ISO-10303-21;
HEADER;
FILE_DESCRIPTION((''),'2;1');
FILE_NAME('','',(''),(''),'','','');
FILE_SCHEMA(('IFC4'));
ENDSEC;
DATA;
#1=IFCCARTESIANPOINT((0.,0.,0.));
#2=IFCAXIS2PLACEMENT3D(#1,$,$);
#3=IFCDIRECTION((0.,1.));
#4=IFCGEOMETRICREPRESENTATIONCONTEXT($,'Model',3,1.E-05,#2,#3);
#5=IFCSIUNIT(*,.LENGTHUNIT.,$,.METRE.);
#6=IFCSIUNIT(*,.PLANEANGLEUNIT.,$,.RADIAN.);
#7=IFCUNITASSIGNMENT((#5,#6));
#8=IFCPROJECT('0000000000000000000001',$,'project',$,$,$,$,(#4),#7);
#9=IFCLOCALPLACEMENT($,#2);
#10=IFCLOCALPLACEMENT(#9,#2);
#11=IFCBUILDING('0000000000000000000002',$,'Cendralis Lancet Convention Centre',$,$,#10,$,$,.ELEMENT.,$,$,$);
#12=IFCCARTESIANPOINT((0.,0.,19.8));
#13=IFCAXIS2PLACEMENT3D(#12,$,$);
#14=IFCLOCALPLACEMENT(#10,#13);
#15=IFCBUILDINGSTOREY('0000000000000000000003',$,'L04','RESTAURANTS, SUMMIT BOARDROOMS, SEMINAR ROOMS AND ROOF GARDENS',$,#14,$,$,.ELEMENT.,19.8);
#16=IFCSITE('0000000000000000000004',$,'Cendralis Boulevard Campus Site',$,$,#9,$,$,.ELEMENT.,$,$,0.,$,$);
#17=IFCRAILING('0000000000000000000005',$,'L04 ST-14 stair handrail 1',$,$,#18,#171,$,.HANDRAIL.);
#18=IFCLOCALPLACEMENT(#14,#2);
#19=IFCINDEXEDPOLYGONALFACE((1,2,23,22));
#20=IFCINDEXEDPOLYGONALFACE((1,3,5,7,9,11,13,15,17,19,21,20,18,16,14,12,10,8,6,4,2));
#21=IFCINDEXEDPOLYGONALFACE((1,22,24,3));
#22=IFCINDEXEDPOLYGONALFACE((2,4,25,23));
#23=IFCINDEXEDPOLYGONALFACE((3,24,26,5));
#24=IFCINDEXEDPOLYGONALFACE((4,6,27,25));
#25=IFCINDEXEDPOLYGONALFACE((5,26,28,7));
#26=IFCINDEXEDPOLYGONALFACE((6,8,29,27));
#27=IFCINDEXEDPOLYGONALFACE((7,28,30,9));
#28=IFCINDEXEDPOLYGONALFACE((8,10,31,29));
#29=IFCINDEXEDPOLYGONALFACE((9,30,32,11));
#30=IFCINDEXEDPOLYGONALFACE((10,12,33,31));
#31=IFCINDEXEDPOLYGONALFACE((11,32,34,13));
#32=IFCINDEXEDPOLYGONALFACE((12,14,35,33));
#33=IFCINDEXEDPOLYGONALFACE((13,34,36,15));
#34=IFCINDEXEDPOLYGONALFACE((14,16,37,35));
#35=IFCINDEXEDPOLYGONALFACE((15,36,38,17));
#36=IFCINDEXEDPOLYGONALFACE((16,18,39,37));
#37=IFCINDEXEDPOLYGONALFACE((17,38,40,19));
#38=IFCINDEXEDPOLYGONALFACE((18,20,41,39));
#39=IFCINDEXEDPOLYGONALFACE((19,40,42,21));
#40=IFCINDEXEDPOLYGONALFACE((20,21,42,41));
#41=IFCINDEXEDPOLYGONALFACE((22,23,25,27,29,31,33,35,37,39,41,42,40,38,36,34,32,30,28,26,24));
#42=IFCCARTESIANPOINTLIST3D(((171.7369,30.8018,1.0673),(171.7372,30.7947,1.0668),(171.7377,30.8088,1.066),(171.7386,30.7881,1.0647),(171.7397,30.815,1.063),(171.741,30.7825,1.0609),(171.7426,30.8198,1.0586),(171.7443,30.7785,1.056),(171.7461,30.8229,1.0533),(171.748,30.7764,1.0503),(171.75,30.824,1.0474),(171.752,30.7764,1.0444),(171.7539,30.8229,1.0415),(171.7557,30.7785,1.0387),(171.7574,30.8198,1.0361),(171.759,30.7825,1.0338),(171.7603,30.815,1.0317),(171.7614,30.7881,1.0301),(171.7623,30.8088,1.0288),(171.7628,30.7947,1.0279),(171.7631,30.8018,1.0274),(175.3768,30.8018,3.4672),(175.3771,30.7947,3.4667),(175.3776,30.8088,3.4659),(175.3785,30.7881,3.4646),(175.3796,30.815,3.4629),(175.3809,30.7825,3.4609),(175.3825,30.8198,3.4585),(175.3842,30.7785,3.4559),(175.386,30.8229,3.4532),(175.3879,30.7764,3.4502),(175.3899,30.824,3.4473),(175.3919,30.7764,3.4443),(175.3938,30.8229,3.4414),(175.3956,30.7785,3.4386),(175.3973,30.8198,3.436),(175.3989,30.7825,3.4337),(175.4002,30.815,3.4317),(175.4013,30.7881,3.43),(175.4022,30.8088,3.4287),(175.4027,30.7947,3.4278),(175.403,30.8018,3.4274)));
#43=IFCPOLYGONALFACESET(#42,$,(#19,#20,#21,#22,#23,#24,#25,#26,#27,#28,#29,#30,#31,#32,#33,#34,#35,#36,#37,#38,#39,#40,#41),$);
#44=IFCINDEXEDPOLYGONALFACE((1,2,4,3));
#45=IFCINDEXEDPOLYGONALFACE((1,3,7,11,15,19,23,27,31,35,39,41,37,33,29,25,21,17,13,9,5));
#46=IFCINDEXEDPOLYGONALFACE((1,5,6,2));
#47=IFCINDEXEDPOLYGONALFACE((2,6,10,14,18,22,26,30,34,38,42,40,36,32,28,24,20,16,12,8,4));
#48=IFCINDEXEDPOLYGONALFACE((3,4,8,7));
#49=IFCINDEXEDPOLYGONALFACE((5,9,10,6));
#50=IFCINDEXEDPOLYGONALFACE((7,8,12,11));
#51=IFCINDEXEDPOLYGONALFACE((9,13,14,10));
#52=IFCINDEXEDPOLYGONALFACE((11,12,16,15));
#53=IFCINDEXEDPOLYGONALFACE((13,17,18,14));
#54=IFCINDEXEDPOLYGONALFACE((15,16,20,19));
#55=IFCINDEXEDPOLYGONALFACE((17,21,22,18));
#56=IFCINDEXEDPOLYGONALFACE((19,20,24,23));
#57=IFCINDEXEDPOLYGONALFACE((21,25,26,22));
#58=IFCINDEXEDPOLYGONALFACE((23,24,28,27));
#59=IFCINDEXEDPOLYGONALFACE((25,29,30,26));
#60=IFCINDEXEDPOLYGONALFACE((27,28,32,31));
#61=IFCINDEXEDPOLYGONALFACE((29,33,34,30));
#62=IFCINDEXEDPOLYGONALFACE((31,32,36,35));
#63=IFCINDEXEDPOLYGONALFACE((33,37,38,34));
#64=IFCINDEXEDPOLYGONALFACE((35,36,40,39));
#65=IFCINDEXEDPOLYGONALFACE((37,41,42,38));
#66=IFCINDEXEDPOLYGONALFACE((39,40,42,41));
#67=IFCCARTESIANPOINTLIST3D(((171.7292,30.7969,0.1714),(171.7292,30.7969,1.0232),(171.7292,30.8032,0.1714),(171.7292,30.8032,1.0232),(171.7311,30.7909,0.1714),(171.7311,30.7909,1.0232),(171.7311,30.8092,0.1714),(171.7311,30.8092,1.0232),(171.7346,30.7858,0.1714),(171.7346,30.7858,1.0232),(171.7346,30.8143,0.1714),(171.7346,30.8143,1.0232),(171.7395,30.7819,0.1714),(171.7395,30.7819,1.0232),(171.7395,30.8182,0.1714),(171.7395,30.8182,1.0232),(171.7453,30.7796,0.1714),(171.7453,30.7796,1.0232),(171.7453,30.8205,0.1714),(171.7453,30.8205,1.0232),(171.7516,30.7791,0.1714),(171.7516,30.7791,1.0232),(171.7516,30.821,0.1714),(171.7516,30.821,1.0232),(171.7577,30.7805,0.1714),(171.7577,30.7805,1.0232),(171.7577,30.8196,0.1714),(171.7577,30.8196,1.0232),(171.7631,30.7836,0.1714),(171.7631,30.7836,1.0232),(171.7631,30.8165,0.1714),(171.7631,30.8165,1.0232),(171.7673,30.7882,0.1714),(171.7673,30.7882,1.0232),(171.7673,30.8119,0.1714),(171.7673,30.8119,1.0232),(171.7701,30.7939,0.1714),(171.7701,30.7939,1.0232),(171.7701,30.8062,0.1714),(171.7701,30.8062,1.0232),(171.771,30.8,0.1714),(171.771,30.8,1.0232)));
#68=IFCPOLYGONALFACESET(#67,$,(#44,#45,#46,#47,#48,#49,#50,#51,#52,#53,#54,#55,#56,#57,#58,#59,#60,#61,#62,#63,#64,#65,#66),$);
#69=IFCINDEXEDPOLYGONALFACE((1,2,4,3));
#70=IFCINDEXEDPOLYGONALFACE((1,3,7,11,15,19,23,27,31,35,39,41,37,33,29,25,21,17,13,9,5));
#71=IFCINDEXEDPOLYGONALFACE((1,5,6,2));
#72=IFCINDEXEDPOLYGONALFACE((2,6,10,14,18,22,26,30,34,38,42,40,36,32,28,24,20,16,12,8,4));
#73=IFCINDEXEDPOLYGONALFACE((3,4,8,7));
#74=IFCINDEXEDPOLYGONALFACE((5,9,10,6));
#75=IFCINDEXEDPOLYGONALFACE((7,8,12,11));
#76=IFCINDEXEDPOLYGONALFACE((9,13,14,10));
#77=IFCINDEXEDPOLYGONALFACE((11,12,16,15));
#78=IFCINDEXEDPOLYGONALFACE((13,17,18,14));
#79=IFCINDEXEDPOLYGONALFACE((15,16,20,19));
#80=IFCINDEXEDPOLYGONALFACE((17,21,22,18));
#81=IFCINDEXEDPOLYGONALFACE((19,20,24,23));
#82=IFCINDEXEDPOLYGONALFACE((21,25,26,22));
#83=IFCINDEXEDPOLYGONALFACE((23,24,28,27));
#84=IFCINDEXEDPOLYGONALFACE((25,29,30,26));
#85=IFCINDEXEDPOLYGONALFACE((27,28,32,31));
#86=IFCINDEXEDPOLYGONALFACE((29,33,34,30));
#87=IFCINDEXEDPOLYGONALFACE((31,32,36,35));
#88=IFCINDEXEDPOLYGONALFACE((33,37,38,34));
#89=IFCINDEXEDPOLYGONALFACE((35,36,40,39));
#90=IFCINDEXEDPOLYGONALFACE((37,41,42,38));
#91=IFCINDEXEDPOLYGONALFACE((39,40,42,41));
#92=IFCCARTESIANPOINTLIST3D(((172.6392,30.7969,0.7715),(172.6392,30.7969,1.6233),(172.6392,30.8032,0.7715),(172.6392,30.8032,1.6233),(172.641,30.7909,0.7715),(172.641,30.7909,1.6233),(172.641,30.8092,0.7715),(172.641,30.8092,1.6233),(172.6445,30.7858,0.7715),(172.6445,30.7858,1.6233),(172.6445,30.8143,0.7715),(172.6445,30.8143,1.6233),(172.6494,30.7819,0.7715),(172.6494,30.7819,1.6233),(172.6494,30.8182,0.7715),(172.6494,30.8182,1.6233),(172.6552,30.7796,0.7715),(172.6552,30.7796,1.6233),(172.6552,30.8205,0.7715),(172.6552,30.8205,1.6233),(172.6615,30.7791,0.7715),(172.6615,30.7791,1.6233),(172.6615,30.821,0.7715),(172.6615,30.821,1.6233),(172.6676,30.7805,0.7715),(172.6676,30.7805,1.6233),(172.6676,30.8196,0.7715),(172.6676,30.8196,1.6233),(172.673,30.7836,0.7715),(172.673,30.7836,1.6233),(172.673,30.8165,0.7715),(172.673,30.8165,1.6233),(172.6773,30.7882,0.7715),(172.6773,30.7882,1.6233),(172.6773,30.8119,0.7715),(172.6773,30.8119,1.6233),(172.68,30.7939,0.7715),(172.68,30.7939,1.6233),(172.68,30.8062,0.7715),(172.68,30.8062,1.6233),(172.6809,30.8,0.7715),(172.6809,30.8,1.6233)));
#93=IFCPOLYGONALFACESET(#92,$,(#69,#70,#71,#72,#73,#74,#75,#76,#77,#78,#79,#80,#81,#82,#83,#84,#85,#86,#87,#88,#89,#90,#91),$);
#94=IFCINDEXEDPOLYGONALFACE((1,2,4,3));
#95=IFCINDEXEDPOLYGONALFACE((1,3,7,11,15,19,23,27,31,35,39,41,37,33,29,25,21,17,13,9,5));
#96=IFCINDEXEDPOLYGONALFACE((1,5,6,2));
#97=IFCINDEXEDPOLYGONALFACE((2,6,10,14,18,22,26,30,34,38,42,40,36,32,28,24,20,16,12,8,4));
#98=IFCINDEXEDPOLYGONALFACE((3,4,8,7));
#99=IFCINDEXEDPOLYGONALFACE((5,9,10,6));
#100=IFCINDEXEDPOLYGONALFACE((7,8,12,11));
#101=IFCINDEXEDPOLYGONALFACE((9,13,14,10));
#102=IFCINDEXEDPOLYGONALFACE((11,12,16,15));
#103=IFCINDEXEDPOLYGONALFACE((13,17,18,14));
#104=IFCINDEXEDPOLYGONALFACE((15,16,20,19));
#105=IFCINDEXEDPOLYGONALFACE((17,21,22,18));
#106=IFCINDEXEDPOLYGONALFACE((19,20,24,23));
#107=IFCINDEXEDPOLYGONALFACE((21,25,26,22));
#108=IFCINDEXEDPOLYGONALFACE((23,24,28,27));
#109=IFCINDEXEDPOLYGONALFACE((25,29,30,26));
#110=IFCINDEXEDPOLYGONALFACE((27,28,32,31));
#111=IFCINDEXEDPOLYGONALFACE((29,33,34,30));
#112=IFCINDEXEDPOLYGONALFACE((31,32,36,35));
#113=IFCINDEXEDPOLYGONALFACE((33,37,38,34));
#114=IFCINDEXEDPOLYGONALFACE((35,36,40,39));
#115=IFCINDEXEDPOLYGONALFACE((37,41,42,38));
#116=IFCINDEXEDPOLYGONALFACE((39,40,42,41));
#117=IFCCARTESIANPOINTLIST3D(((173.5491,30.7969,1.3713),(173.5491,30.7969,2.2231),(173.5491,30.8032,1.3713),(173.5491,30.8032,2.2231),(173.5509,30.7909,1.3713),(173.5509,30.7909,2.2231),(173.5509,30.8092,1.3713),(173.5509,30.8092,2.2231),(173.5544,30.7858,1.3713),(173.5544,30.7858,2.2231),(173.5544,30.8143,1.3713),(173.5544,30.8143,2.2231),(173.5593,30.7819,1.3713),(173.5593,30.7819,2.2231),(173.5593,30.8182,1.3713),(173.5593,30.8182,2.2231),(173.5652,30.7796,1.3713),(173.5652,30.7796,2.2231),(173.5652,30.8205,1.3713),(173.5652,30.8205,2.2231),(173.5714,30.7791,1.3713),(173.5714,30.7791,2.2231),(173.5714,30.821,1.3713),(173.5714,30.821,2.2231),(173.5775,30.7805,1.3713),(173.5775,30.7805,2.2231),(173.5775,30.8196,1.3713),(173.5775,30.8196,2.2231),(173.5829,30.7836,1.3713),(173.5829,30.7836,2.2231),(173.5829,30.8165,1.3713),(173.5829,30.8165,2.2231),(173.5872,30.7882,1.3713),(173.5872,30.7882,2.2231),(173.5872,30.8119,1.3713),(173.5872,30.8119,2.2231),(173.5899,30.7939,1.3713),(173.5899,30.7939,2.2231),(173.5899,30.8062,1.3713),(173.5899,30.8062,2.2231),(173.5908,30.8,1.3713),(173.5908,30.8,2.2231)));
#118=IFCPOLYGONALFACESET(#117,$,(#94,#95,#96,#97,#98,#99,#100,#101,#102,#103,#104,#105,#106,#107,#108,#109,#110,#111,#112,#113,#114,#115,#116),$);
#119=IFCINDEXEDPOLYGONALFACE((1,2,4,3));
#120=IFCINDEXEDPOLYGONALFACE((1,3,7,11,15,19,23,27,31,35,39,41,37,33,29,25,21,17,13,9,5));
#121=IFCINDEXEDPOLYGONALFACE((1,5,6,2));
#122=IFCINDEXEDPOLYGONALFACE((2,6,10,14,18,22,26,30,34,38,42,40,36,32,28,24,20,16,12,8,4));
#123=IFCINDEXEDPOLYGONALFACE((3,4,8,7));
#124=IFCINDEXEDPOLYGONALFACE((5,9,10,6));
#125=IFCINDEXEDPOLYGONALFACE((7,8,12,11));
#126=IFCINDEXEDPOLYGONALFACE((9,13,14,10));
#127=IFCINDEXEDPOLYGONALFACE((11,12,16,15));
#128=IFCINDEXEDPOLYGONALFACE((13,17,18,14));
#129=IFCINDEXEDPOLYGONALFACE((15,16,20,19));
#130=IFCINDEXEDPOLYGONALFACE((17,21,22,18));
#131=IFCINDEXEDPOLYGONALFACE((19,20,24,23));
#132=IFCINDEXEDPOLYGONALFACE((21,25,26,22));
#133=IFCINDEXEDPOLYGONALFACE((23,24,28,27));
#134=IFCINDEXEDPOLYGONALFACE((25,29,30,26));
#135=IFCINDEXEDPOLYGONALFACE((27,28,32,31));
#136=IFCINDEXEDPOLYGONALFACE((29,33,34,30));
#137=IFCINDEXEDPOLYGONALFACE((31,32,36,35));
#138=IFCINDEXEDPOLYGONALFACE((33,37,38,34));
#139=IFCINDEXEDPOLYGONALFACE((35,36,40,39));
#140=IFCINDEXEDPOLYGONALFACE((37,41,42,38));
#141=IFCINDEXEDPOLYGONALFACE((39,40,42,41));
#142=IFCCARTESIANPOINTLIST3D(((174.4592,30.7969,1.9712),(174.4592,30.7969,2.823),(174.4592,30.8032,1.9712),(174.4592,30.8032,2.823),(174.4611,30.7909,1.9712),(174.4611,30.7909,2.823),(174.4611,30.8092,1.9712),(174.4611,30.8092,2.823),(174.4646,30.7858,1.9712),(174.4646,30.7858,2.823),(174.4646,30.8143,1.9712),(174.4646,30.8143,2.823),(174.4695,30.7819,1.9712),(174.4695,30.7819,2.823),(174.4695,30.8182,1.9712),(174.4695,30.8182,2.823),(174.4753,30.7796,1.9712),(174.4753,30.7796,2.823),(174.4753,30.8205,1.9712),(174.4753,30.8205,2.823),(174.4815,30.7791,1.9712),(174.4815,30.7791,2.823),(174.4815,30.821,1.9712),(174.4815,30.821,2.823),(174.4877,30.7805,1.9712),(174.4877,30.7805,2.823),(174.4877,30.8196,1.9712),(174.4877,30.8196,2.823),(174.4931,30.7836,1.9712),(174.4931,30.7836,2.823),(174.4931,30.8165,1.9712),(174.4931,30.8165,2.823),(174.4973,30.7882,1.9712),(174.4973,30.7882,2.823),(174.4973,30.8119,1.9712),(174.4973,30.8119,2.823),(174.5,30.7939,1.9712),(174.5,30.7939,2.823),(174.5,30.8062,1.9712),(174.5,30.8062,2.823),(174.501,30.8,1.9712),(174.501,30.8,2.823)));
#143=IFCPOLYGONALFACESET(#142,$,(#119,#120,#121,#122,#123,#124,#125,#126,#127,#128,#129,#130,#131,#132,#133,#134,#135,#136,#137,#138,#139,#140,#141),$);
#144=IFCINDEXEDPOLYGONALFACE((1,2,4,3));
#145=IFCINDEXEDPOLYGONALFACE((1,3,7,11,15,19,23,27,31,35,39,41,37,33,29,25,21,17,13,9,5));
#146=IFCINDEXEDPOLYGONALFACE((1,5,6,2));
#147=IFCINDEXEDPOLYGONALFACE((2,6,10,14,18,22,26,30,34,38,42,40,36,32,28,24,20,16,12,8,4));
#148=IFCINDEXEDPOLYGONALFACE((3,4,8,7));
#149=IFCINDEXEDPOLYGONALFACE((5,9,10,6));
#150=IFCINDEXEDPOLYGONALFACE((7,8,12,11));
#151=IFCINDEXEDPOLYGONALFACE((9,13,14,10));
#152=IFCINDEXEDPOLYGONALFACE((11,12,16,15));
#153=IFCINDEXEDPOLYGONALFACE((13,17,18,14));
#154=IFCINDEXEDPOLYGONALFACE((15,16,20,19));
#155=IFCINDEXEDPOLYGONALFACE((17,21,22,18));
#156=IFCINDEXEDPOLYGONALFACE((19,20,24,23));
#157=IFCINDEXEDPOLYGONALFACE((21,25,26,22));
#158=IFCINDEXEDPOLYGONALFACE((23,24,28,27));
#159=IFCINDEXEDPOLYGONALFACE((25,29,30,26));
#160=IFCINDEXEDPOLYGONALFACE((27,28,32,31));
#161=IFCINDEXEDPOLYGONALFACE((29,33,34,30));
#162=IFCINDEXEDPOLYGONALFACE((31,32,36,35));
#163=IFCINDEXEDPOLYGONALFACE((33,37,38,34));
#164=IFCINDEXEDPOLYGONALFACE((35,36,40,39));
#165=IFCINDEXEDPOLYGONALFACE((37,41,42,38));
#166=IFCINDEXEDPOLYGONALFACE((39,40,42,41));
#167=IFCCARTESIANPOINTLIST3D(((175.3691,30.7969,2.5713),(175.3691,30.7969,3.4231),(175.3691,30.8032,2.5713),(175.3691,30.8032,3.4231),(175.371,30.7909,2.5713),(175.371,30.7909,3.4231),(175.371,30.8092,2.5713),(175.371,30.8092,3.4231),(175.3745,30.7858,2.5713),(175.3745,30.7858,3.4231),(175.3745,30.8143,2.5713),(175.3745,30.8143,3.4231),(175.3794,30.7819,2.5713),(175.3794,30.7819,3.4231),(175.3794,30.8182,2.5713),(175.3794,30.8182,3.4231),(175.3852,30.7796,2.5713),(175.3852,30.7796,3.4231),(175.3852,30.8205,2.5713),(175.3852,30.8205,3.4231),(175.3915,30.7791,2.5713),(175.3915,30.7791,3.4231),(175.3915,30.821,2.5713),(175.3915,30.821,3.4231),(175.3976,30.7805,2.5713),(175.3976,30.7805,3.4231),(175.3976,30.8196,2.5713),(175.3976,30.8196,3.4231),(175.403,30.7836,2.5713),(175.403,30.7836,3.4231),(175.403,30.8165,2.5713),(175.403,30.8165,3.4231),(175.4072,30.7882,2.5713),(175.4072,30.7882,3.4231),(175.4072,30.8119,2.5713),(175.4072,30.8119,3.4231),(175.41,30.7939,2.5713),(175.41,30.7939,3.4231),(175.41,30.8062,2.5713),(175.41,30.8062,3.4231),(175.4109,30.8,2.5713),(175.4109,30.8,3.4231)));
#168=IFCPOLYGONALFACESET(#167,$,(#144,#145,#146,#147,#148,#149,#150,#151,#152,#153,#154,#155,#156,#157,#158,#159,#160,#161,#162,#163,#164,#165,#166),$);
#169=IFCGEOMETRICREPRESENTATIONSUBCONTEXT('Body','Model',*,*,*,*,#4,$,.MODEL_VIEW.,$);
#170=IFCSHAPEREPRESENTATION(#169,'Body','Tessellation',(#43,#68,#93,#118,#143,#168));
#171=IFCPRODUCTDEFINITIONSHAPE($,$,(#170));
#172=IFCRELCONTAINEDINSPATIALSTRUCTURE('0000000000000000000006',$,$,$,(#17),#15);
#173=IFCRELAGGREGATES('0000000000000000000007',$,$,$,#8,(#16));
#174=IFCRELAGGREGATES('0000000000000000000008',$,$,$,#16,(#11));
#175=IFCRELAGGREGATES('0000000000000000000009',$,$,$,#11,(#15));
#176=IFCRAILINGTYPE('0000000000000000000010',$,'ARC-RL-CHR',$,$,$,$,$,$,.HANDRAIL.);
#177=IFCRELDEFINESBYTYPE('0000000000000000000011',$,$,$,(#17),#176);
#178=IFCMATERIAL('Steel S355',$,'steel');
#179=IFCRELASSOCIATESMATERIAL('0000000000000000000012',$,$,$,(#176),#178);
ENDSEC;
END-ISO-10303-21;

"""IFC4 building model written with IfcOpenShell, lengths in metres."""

from ifc_helpers import new_model, si_unit, direction, frame, origin, origin_2d, place, context, subcontext, project, spatial, circle, extrude, material, type_object, element, save


model = new_model("IFC4")

# Units and contexts
model_context = context("Model", 3, precision=1e-05, world=origin(), true_north=direction((0.0, 1.0)))
body_context = subcontext(model_context, "Body", "Model", "MODEL_VIEW")
ifc_project = project(units=[si_unit("LENGTHUNIT", "METRE"), si_unit("PLANEANGLEUNIT", "RADIAN")], contexts=[model_context])

# Site, building, storey
site_placement = place(None, origin())
site = spatial("IfcSite", under=ifc_project, at=site_placement, Name="Cendralis Boulevard Campus Site", CompositionType="ELEMENT", RefElevation=0.0)
building_placement = place(site_placement, origin())
building = spatial("IfcBuilding", under=site, at=building_placement, Name="Cendralis Lancet Convention Centre", CompositionType="ELEMENT")
storey_placement = place(building_placement, frame((0.0, 0.0, 19.8)))
storey = spatial("IfcBuildingStorey", under=building, at=storey_placement, Name="L04", Description="RESTAURANTS, SUMMIT BOARDROOMS, SEMINAR ROOMS AND ROOF GARDENS", CompositionType="ELEMENT", Elevation=19.8)

# Railing
ifc_material_1 = material(Name="Steel S355", Category="steel")
railing_type_1 = type_object("IfcRailingType", Name="ARC-RL-CHR", PredefinedType="HANDRAIL", material=ifc_material_1)
railing_1_placement = place(storey_placement, frame((171.75, 30.8, 0.1714)))
element("IfcRailing", 1, at=railing_1_placement, inside=storey, type_object=railing_type_1, Name="L04 ST-14 stair handrail 1", PredefinedType="HANDRAIL", context=body_context, shape_type="SweptSolid", body=[
    extrude(circle(Radius=0.0239, at=origin_2d()), frame((0.0, 0.0, 0.876), z_axis=(0.834865, 0.0, 0.550454), x_axis=(0.0, 1.0, 0.0)), (0.0, 0.0, 1.0), 4.3599),
    extrude(circle(Radius=0.021, at=origin_2d()), origin(), (0.0, 0.0, 1.0), 0.8518),
    extrude(circle(Radius=0.021, at=origin_2d()), frame((0.9099, 0.0, 0.6001)), (0.0, 0.0, 1.0), 0.8518),
    extrude(circle(Radius=0.021, at=origin_2d()), frame((1.8198, 0.0, 1.2)), (0.0, 0.0, 1.0), 0.8518),
    extrude(circle(Radius=0.021, at=origin_2d()), frame((2.73, 0.0, 1.7998)), (0.0, 0.0, 1.0), 0.8518),
    extrude(circle(Radius=0.021, at=origin_2d()), frame((3.6399, 0.0, 2.3999)), (0.0, 0.0, 1.0), 0.8518),
])

save(model, "model.ifc")
